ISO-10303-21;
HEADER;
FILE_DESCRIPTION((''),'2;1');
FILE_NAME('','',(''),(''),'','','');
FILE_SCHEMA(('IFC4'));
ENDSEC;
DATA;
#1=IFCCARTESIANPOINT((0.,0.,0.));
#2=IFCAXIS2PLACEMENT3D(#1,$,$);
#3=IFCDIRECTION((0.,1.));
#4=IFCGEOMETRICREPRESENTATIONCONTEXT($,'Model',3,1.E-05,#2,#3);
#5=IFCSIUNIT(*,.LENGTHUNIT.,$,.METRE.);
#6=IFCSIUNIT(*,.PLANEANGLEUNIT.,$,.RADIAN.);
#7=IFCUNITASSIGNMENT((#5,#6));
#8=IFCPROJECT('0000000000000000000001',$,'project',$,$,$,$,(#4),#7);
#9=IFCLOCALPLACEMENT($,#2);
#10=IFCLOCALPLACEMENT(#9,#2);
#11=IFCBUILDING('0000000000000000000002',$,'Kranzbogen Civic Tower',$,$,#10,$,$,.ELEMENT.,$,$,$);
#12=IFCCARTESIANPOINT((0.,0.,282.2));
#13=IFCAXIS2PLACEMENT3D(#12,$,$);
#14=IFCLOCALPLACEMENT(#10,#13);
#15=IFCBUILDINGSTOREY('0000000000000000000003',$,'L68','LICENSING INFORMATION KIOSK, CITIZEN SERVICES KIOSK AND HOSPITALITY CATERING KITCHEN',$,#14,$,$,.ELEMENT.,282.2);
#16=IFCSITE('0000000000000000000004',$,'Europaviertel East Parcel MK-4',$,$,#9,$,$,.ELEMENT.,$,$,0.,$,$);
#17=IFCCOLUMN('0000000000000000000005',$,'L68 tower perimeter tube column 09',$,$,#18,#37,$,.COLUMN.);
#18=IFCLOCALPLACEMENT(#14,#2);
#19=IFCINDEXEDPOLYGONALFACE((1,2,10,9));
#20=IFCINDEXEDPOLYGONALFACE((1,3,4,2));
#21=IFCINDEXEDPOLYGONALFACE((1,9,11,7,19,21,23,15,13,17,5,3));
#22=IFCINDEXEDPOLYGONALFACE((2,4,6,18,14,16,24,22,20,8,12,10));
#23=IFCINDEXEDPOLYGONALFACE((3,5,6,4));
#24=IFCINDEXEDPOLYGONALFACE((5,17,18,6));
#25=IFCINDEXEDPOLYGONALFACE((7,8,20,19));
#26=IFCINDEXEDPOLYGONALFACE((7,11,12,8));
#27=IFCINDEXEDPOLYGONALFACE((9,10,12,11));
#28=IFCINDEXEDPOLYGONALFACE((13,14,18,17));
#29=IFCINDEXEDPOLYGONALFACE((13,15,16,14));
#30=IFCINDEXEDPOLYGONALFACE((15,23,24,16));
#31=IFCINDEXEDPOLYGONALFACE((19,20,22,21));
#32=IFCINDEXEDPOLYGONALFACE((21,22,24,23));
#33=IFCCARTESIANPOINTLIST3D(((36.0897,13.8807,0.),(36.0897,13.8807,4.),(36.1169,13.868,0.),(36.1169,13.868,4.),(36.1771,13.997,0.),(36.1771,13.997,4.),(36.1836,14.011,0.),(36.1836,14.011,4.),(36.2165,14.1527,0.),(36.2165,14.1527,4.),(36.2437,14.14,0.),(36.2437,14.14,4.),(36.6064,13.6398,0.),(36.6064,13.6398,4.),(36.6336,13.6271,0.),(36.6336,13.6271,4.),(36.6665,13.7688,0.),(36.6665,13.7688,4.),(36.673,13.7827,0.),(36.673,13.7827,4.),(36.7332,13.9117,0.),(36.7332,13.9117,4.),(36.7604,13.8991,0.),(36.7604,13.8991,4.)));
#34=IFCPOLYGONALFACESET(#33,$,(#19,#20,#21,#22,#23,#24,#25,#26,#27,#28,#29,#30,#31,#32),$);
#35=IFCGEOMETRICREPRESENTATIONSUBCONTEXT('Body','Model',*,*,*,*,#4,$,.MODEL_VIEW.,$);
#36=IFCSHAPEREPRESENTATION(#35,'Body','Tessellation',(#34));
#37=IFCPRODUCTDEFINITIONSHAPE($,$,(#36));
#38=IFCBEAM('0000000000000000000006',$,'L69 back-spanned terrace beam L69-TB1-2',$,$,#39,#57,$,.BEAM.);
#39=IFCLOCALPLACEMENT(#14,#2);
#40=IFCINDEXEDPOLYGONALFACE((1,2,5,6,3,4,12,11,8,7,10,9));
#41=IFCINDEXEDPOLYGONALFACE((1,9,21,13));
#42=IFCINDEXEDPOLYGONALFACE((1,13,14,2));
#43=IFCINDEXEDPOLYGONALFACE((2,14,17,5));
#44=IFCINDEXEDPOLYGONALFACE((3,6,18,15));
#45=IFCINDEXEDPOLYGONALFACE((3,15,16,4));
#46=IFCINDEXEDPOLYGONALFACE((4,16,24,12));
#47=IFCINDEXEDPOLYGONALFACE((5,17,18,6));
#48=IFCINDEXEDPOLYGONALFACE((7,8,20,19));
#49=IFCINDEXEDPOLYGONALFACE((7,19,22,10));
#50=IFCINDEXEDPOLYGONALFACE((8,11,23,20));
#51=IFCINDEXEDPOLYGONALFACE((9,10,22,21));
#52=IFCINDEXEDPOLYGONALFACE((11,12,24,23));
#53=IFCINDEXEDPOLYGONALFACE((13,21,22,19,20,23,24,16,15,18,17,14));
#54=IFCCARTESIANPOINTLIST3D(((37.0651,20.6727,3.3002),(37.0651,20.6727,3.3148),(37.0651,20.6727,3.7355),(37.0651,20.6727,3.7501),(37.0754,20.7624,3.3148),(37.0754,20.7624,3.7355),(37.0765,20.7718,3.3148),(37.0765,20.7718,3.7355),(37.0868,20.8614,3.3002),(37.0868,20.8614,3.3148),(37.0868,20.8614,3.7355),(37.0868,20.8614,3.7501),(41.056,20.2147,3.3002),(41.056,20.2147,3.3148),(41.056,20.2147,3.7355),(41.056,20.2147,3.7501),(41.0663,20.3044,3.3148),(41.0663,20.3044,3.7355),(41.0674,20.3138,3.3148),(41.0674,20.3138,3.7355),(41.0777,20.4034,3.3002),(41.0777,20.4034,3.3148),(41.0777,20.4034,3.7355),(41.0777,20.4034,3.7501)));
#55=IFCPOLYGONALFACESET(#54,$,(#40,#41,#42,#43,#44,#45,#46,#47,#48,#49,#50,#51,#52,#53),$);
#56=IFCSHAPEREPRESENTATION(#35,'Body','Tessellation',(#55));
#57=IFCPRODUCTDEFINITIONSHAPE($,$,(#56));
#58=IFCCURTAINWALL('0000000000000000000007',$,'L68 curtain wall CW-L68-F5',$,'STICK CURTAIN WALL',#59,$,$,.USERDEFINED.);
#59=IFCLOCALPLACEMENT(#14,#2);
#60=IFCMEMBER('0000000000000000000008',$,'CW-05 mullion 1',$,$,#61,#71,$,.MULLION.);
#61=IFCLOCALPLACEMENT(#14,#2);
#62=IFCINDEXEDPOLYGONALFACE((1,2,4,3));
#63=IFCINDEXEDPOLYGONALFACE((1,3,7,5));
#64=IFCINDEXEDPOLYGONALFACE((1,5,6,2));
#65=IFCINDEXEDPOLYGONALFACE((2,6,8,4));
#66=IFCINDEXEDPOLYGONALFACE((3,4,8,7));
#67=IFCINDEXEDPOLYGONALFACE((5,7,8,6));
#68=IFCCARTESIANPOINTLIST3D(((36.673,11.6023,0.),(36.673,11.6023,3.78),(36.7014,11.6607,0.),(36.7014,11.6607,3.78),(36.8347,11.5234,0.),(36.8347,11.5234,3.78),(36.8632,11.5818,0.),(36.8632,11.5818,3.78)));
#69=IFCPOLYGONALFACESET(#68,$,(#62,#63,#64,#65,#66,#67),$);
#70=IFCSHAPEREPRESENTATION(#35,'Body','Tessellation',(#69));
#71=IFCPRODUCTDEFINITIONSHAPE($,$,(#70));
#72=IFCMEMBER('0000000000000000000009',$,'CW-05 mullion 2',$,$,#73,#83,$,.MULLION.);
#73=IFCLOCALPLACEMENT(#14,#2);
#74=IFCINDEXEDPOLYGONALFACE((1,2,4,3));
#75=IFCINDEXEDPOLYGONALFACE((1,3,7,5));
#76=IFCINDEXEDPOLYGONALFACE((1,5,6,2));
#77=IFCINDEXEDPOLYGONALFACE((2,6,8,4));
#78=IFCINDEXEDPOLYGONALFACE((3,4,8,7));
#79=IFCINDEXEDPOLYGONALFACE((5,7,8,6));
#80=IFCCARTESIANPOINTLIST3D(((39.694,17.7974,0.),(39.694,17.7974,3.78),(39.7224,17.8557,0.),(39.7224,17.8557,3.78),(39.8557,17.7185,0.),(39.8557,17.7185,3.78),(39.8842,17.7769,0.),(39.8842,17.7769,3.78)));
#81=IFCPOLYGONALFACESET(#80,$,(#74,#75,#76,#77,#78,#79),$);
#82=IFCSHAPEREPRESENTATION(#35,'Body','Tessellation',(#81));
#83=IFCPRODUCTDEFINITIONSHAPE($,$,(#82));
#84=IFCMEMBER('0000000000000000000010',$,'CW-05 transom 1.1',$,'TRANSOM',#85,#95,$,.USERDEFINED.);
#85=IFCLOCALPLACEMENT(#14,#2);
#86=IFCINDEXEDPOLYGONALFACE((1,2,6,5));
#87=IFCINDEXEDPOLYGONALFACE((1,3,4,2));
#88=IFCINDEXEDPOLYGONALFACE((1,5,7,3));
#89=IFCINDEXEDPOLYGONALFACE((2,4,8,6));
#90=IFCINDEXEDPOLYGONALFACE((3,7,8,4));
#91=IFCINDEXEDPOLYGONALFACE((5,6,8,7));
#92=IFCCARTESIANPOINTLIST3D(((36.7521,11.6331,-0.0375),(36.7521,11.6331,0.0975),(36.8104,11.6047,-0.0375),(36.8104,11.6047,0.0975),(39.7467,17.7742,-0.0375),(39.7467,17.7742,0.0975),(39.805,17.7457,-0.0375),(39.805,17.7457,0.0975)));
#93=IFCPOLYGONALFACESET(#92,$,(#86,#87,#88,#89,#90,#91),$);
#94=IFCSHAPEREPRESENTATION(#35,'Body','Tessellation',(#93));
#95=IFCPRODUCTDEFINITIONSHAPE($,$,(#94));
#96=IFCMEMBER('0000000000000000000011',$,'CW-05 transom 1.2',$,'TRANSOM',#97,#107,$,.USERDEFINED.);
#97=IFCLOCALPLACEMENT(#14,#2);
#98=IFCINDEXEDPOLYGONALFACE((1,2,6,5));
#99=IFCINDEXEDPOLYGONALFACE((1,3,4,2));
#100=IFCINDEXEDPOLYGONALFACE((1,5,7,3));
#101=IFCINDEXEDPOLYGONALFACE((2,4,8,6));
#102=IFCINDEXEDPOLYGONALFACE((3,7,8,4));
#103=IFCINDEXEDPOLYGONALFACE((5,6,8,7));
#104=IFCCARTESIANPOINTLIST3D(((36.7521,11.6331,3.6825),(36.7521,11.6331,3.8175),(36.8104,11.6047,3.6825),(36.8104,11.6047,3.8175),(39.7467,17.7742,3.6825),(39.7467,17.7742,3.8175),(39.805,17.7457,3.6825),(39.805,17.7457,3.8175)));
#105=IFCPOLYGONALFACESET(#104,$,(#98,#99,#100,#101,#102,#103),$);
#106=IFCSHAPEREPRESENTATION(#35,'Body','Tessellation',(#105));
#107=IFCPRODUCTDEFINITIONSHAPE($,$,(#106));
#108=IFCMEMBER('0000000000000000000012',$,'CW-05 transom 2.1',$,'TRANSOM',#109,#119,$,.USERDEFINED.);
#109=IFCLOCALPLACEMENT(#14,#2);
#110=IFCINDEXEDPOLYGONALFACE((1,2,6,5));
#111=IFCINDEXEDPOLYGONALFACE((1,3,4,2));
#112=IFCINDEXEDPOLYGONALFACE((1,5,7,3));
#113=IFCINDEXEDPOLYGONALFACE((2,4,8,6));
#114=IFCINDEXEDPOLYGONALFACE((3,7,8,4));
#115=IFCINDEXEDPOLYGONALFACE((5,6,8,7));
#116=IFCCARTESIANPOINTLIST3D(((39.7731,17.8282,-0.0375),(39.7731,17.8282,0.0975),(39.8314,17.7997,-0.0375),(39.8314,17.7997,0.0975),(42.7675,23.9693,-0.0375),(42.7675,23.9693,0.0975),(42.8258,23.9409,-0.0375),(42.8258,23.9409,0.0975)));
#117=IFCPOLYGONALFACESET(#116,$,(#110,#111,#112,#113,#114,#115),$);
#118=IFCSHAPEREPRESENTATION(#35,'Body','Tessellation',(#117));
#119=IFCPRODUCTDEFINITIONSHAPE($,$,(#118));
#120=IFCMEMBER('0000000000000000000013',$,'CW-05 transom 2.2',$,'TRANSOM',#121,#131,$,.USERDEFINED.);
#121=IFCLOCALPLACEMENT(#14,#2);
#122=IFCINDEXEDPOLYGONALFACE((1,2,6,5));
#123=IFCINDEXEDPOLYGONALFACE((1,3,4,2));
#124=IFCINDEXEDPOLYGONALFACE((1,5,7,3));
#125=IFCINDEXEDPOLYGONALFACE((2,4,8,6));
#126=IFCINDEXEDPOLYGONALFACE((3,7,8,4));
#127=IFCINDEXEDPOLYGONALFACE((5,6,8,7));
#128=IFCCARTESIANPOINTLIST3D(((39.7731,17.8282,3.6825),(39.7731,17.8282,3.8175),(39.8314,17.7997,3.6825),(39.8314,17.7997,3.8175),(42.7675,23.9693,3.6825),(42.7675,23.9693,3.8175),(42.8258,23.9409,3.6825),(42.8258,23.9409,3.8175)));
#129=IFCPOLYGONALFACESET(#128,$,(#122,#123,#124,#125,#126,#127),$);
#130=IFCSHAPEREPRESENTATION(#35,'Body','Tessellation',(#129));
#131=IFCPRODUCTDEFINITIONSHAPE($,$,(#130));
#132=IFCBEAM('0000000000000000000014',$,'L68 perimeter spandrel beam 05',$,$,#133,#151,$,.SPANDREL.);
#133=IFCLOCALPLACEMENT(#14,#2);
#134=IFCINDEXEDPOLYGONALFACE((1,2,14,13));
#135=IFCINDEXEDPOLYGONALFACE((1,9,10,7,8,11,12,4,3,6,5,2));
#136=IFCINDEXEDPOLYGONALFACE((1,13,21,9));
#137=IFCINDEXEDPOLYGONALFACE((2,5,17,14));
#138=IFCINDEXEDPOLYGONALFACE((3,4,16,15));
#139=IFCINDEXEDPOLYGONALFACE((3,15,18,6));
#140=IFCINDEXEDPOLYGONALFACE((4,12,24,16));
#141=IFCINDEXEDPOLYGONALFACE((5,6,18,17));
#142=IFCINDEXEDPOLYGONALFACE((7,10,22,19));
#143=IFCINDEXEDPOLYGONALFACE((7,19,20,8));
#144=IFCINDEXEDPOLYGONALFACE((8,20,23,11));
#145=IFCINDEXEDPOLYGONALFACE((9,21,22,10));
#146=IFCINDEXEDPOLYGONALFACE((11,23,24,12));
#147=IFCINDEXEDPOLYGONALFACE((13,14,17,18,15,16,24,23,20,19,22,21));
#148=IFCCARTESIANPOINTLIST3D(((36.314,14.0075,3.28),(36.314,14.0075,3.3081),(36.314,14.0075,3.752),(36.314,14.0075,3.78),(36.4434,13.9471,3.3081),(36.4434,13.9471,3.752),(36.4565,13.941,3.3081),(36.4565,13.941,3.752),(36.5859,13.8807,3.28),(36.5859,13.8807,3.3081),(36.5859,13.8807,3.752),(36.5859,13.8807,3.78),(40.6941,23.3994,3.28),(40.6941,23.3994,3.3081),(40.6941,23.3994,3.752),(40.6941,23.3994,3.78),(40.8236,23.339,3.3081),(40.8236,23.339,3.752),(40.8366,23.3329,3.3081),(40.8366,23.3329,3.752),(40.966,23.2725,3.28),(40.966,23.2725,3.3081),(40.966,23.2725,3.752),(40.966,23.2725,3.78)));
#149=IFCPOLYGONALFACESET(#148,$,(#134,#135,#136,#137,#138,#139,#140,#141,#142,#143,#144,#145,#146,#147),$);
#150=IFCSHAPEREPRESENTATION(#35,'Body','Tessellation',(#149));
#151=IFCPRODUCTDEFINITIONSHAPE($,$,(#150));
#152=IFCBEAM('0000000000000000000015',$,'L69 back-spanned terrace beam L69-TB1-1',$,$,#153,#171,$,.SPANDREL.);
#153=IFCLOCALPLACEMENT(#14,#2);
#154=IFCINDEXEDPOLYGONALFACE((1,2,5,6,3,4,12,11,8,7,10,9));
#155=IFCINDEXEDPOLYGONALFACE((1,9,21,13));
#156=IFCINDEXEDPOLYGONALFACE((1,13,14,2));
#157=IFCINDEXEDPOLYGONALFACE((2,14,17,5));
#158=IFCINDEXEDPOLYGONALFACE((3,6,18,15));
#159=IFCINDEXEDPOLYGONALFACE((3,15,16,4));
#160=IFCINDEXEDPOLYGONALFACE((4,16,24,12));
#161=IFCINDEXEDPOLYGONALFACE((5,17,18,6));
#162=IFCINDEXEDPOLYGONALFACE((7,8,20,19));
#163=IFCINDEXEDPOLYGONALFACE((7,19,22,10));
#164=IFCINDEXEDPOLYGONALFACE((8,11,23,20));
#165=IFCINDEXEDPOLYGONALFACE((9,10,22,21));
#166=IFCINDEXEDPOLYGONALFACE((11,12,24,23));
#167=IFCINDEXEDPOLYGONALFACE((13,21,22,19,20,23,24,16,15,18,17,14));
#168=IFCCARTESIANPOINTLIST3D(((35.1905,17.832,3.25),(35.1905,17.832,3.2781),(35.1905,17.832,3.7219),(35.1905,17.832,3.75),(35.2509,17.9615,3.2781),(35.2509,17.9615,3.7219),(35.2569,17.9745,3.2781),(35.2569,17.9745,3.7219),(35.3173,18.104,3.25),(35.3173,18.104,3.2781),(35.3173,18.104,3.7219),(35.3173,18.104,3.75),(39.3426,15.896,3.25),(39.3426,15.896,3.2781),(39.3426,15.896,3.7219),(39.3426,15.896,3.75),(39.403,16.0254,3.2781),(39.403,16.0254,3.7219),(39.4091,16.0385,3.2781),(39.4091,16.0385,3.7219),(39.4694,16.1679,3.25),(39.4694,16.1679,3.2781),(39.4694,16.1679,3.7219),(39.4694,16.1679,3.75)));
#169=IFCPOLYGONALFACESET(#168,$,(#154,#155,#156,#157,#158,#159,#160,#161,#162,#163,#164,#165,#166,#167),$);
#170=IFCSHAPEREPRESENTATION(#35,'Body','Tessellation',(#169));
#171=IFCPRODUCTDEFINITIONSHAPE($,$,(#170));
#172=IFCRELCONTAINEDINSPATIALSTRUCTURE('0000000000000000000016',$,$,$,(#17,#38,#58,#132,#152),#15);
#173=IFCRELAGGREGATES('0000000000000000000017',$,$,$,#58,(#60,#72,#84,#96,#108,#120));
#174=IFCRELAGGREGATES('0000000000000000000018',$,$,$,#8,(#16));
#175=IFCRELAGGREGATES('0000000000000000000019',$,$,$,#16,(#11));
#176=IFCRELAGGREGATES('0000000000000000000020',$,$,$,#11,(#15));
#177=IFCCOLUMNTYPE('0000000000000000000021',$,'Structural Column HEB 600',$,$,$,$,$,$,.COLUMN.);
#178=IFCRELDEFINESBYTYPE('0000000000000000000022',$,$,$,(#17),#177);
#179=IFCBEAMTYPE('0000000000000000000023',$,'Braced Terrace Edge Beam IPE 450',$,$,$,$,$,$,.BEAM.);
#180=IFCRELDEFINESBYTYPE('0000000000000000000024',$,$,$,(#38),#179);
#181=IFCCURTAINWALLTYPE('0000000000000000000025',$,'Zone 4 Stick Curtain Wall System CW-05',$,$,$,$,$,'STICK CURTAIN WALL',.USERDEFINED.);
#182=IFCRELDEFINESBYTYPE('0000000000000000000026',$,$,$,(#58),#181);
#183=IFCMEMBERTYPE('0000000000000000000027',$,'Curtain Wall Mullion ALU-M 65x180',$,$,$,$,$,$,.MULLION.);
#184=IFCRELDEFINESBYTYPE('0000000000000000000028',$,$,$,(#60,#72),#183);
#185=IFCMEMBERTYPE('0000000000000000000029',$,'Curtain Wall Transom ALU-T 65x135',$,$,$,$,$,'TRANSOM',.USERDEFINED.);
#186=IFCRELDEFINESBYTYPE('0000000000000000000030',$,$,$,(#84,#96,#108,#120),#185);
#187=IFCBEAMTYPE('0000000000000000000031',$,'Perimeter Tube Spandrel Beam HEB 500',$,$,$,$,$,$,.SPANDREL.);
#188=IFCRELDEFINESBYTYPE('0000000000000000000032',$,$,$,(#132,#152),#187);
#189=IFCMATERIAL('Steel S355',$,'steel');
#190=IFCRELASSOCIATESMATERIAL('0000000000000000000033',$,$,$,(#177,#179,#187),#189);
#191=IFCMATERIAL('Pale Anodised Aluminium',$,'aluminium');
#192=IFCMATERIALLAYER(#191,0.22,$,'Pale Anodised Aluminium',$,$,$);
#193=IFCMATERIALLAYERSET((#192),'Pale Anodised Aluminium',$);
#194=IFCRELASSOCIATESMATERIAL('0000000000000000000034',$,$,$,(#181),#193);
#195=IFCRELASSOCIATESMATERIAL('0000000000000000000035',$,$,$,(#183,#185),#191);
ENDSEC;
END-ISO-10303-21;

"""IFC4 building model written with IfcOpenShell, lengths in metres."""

from ifc_helpers import new_model, si_unit, direction, frame, origin, origin_2d, place, context, subcontext, project, spatial, rectangle, i_section, extrude, material, layer, layer_set, material_profile, profile_set, type_object, element, aggregate, save


model = new_model("IFC4")

# Units and contexts
model_context = context("Model", 3, precision=1e-05, world=origin(), true_north=direction((0.0, 1.0)))
body_context = subcontext(model_context, "Body", "Model", "MODEL_VIEW")
ifc_project = project(units=[si_unit("LENGTHUNIT", "METRE"), si_unit("PLANEANGLEUNIT", "RADIAN")], contexts=[model_context])

# Site, building, storey
site_placement = place(None, origin())
site = spatial("IfcSite", under=ifc_project, at=site_placement, Name="Europaviertel East Parcel MK-4", CompositionType="ELEMENT", RefElevation=0.0)
building_placement = place(site_placement, origin())
building = spatial("IfcBuilding", under=site, at=building_placement, Name="Kranzbogen Civic Tower", CompositionType="ELEMENT")
storey_placement = place(building_placement, frame((0.0, 0.0, 282.2)))
storey = spatial("IfcBuildingStorey", under=building, at=storey_placement, Name="L68", Description="LICENSING INFORMATION KIOSK, CITIZEN SERVICES KIOSK AND HOSPITALITY CATERING KITCHEN", CompositionType="ELEMENT", Elevation=282.2)

# Column
ifc_material_1 = material(Name="Steel S355", Category="steel")
ifc_material_profile_1 = material_profile(ifc_material_1, i_section(OverallWidth=0.3, OverallDepth=0.6001, WebThickness=0.0154, FlangeThickness=0.03, at=origin_2d()), Name="HEB 600")
ifc_profile_set_1 = profile_set([ifc_material_profile_1], Name="Steel S355")
column_type = type_object("IfcColumnType", Name="Structural Column HEB 600", PredefinedType="COLUMN", material=ifc_profile_set_1)
column_placement = place(storey_placement, frame((36.425, 13.8899, 0.0), z_axis=(0.0, 0.0, 1.0), x_axis=(0.422618, 0.906308, 0.0)))
element("IfcColumn", 1, at=column_placement, inside=storey, type_object=column_type, Name="L68 tower perimeter tube column 09", PredefinedType="COLUMN", context=body_context, shape_type="SweptSolid", body=[
    extrude(i_section(OverallWidth=0.3, OverallDepth=0.6001, WebThickness=0.0154, FlangeThickness=0.03, at=origin_2d()), origin(), (0.0, 0.0, 1.0), 4.0),
])

# Beam
ifc_material_profile_2 = material_profile(ifc_material_1, i_section(OverallWidth=0.1899, OverallDepth=0.45, WebThickness=0.0095, FlangeThickness=0.0146, at=origin_2d()), Name="IPE 450")
ifc_profile_set_2 = profile_set([ifc_material_profile_2], Name="Steel S355")
beam_type_1 = type_object("IfcBeamType", Name="Braced Terrace Edge Beam IPE 450", PredefinedType="BEAM", material=ifc_profile_set_2)
beam_1_placement = place(storey_placement, frame((37.0759, 20.7671, 3.5251), z_axis=(0.993479, -0.114013, 0.0), x_axis=(0.114013, 0.993479, 0.0)))
element("IfcBeam", 2, at=beam_1_placement, inside=storey, type_object=beam_type_1, Name="L69 back-spanned terrace beam L69-TB1-2", PredefinedType="BEAM", context=body_context, shape_type="SweptSolid", body=[
    extrude(i_section(OverallWidth=0.1899, OverallDepth=0.45, WebThickness=0.0095, FlangeThickness=0.0146, at=origin_2d()), origin(), (0.0, 0.0, 1.0), 4.0171),
])

# Curtain wall, members
ifc_material_2 = material(Name="Pale Anodised Aluminium", Category="aluminium")
ifc_layer_1 = layer(ifc_material_2, 0.22, Name="Pale Anodised Aluminium")
ifc_layer_set_1 = layer_set([ifc_layer_1], Name="Pale Anodised Aluminium")
curtain_wall_type = type_object("IfcCurtainWallType", Name="Zone 4 Stick Curtain Wall System CW-05", ElementType="STICK CURTAIN WALL", PredefinedType="USERDEFINED", material=ifc_layer_set_1)
curtain_wall_placement = place(storey_placement, origin())
curtain_wall = element("IfcCurtainWall", 3, at=curtain_wall_placement, inside=storey, type_object=curtain_wall_type, Name="L68 curtain wall CW-L68-F5", ObjectType="STICK CURTAIN WALL", PredefinedType="USERDEFINED")
ifc_material_profile_3 = material_profile(ifc_material_2, rectangle(XDim=0.0649, YDim=0.1799, at=origin_2d()), Name="ALU-M 65x180")
ifc_profile_set_3 = profile_set([ifc_material_profile_3], Name="Pale Anodised Aluminium")
member_type_1 = type_object("IfcMemberType", Name="Curtain Wall Mullion ALU-M 65x180", PredefinedType="MULLION", material=ifc_profile_set_3)
member_1_placement = place(storey_placement, frame((36.7681, 11.592, 0.0), z_axis=(0.0, 0.0, 1.0), x_axis=(0.438293, 0.898832, 0.0)))
member_1 = element("IfcMember", 4, at=member_1_placement, type_object=member_type_1, Name="CW-05 mullion 1", PredefinedType="MULLION", context=body_context, shape_type="SweptSolid", body=[
    extrude(rectangle(XDim=0.0649, YDim=0.1799, at=origin_2d()), origin(), (0.0, 0.0, 1.0), 3.78),
])
member_2_placement = place(storey_placement, frame((39.7891, 17.7871, 0.0), z_axis=(0.0, 0.0, 1.0), x_axis=(0.438293, 0.898832, 0.0)))
member_2 = element("IfcMember", 5, at=member_2_placement, type_object=member_type_1, Name="CW-05 mullion 2", PredefinedType="MULLION", context=body_context, shape_type="SweptSolid", body=[
    extrude(rectangle(XDim=0.0649, YDim=0.1799, at=origin_2d()), origin(), (0.0, 0.0, 1.0), 3.78),
])
ifc_material_profile_4 = material_profile(ifc_material_2, rectangle(XDim=0.0649, YDim=0.135, at=origin_2d()), Name="ALU-T 65x135")
ifc_profile_set_4 = profile_set([ifc_material_profile_4], Name="Pale Anodised Aluminium")
member_type_2 = type_object("IfcMemberType", Name="Curtain Wall Transom ALU-T 65x135", ElementType="TRANSOM", PredefinedType="USERDEFINED", material=ifc_profile_set_4)
member_3_placement = place(storey_placement, frame((36.7812, 11.6189, 0.03), z_axis=(0.438301, 0.898828, 0.0), x_axis=(-0.898828, 0.438301, 0.0)))
member_3 = element("IfcMember", 6, at=member_3_placement, type_object=member_type_2, Name="CW-05 transom 1.1", ObjectType="TRANSOM", PredefinedType="USERDEFINED", context=body_context, shape_type="SweptSolid", body=[
    extrude(rectangle(XDim=0.0649, YDim=0.135, at=origin_2d()), origin(), (0.0, 0.0, 1.0), 6.8323),
])
member_4_placement = place(storey_placement, frame((36.7812, 11.6189, 3.75), z_axis=(0.438301, 0.898828, 0.0), x_axis=(-0.898828, 0.438301, 0.0)))
member_4 = element("IfcMember", 7, at=member_4_placement, type_object=member_type_2, Name="CW-05 transom 1.2", ObjectType="TRANSOM", PredefinedType="USERDEFINED", context=body_context, shape_type="SweptSolid", body=[
    extrude(rectangle(XDim=0.0649, YDim=0.135, at=origin_2d()), origin(), (0.0, 0.0, 1.0), 6.8323),
])
member_5_placement = place(storey_placement, frame((39.8022, 17.814, 0.03), z_axis=(0.438272, 0.898842, 0.0), x_axis=(-0.898842, 0.438272, 0.0)))
member_5 = element("IfcMember", 8, at=member_5_placement, type_object=member_type_2, Name="CW-05 transom 2.1", ObjectType="TRANSOM", PredefinedType="USERDEFINED", context=body_context, shape_type="SweptSolid", body=[
    extrude(rectangle(XDim=0.0649, YDim=0.135, at=origin_2d()), origin(), (0.0, 0.0, 1.0), 6.8323),
])
member_6_placement = place(storey_placement, frame((39.8022, 17.814, 3.75), z_axis=(0.438272, 0.898842, 0.0), x_axis=(-0.898842, 0.438272, 0.0)))
member_6 = element("IfcMember", 9, at=member_6_placement, type_object=member_type_2, Name="CW-05 transom 2.2", ObjectType="TRANSOM", PredefinedType="USERDEFINED", context=body_context, shape_type="SweptSolid", body=[
    extrude(rectangle(XDim=0.0649, YDim=0.135, at=origin_2d()), origin(), (0.0, 0.0, 1.0), 6.8323),
])

# Beams
ifc_material_profile_5 = material_profile(ifc_material_1, i_section(OverallWidth=0.3, OverallDepth=0.5, WebThickness=0.0144, FlangeThickness=0.0281, at=origin_2d()), Name="HEB 500")
ifc_profile_set_5 = profile_set([ifc_material_profile_5], Name="Steel S355")
beam_type_2 = type_object("IfcBeamType", Name="Perimeter Tube Spandrel Beam HEB 500", PredefinedType="SPANDREL", material=ifc_profile_set_5)
beam_2_placement = place(storey_placement, frame((36.45, 13.9441, 3.53), z_axis=(0.422669, 0.906284, 0.0), x_axis=(-0.906284, 0.422669, 0.0)))
element("IfcBeam", 10, at=beam_2_placement, inside=storey, type_object=beam_type_2, Name="L68 perimeter spandrel beam 05", PredefinedType="SPANDREL", context=body_context, shape_type="SweptSolid", body=[
    extrude(i_section(OverallWidth=0.3, OverallDepth=0.5, WebThickness=0.0144, FlangeThickness=0.0281, at=origin_2d()), origin(), (0.0, 0.0, 1.0), 10.363),
])
beam_3_placement = place(storey_placement, frame((35.2539, 17.968, 3.5), z_axis=(0.906318, -0.422597, 0.0), x_axis=(0.422597, 0.906318, 0.0)))
element("IfcBeam", 11, at=beam_3_placement, inside=storey, type_object=beam_type_2, Name="L69 back-spanned terrace beam L69-TB1-1", PredefinedType="SPANDREL", context=body_context, shape_type="SweptSolid", body=[
    extrude(i_section(OverallWidth=0.3, OverallDepth=0.5, WebThickness=0.0144, FlangeThickness=0.0281, at=origin_2d()), origin(), (0.0, 0.0, 1.0), 4.5813),
])

aggregate(curtain_wall, [member_1, member_2, member_3, member_4, member_5, member_6])

save(model, "model.ifc")
